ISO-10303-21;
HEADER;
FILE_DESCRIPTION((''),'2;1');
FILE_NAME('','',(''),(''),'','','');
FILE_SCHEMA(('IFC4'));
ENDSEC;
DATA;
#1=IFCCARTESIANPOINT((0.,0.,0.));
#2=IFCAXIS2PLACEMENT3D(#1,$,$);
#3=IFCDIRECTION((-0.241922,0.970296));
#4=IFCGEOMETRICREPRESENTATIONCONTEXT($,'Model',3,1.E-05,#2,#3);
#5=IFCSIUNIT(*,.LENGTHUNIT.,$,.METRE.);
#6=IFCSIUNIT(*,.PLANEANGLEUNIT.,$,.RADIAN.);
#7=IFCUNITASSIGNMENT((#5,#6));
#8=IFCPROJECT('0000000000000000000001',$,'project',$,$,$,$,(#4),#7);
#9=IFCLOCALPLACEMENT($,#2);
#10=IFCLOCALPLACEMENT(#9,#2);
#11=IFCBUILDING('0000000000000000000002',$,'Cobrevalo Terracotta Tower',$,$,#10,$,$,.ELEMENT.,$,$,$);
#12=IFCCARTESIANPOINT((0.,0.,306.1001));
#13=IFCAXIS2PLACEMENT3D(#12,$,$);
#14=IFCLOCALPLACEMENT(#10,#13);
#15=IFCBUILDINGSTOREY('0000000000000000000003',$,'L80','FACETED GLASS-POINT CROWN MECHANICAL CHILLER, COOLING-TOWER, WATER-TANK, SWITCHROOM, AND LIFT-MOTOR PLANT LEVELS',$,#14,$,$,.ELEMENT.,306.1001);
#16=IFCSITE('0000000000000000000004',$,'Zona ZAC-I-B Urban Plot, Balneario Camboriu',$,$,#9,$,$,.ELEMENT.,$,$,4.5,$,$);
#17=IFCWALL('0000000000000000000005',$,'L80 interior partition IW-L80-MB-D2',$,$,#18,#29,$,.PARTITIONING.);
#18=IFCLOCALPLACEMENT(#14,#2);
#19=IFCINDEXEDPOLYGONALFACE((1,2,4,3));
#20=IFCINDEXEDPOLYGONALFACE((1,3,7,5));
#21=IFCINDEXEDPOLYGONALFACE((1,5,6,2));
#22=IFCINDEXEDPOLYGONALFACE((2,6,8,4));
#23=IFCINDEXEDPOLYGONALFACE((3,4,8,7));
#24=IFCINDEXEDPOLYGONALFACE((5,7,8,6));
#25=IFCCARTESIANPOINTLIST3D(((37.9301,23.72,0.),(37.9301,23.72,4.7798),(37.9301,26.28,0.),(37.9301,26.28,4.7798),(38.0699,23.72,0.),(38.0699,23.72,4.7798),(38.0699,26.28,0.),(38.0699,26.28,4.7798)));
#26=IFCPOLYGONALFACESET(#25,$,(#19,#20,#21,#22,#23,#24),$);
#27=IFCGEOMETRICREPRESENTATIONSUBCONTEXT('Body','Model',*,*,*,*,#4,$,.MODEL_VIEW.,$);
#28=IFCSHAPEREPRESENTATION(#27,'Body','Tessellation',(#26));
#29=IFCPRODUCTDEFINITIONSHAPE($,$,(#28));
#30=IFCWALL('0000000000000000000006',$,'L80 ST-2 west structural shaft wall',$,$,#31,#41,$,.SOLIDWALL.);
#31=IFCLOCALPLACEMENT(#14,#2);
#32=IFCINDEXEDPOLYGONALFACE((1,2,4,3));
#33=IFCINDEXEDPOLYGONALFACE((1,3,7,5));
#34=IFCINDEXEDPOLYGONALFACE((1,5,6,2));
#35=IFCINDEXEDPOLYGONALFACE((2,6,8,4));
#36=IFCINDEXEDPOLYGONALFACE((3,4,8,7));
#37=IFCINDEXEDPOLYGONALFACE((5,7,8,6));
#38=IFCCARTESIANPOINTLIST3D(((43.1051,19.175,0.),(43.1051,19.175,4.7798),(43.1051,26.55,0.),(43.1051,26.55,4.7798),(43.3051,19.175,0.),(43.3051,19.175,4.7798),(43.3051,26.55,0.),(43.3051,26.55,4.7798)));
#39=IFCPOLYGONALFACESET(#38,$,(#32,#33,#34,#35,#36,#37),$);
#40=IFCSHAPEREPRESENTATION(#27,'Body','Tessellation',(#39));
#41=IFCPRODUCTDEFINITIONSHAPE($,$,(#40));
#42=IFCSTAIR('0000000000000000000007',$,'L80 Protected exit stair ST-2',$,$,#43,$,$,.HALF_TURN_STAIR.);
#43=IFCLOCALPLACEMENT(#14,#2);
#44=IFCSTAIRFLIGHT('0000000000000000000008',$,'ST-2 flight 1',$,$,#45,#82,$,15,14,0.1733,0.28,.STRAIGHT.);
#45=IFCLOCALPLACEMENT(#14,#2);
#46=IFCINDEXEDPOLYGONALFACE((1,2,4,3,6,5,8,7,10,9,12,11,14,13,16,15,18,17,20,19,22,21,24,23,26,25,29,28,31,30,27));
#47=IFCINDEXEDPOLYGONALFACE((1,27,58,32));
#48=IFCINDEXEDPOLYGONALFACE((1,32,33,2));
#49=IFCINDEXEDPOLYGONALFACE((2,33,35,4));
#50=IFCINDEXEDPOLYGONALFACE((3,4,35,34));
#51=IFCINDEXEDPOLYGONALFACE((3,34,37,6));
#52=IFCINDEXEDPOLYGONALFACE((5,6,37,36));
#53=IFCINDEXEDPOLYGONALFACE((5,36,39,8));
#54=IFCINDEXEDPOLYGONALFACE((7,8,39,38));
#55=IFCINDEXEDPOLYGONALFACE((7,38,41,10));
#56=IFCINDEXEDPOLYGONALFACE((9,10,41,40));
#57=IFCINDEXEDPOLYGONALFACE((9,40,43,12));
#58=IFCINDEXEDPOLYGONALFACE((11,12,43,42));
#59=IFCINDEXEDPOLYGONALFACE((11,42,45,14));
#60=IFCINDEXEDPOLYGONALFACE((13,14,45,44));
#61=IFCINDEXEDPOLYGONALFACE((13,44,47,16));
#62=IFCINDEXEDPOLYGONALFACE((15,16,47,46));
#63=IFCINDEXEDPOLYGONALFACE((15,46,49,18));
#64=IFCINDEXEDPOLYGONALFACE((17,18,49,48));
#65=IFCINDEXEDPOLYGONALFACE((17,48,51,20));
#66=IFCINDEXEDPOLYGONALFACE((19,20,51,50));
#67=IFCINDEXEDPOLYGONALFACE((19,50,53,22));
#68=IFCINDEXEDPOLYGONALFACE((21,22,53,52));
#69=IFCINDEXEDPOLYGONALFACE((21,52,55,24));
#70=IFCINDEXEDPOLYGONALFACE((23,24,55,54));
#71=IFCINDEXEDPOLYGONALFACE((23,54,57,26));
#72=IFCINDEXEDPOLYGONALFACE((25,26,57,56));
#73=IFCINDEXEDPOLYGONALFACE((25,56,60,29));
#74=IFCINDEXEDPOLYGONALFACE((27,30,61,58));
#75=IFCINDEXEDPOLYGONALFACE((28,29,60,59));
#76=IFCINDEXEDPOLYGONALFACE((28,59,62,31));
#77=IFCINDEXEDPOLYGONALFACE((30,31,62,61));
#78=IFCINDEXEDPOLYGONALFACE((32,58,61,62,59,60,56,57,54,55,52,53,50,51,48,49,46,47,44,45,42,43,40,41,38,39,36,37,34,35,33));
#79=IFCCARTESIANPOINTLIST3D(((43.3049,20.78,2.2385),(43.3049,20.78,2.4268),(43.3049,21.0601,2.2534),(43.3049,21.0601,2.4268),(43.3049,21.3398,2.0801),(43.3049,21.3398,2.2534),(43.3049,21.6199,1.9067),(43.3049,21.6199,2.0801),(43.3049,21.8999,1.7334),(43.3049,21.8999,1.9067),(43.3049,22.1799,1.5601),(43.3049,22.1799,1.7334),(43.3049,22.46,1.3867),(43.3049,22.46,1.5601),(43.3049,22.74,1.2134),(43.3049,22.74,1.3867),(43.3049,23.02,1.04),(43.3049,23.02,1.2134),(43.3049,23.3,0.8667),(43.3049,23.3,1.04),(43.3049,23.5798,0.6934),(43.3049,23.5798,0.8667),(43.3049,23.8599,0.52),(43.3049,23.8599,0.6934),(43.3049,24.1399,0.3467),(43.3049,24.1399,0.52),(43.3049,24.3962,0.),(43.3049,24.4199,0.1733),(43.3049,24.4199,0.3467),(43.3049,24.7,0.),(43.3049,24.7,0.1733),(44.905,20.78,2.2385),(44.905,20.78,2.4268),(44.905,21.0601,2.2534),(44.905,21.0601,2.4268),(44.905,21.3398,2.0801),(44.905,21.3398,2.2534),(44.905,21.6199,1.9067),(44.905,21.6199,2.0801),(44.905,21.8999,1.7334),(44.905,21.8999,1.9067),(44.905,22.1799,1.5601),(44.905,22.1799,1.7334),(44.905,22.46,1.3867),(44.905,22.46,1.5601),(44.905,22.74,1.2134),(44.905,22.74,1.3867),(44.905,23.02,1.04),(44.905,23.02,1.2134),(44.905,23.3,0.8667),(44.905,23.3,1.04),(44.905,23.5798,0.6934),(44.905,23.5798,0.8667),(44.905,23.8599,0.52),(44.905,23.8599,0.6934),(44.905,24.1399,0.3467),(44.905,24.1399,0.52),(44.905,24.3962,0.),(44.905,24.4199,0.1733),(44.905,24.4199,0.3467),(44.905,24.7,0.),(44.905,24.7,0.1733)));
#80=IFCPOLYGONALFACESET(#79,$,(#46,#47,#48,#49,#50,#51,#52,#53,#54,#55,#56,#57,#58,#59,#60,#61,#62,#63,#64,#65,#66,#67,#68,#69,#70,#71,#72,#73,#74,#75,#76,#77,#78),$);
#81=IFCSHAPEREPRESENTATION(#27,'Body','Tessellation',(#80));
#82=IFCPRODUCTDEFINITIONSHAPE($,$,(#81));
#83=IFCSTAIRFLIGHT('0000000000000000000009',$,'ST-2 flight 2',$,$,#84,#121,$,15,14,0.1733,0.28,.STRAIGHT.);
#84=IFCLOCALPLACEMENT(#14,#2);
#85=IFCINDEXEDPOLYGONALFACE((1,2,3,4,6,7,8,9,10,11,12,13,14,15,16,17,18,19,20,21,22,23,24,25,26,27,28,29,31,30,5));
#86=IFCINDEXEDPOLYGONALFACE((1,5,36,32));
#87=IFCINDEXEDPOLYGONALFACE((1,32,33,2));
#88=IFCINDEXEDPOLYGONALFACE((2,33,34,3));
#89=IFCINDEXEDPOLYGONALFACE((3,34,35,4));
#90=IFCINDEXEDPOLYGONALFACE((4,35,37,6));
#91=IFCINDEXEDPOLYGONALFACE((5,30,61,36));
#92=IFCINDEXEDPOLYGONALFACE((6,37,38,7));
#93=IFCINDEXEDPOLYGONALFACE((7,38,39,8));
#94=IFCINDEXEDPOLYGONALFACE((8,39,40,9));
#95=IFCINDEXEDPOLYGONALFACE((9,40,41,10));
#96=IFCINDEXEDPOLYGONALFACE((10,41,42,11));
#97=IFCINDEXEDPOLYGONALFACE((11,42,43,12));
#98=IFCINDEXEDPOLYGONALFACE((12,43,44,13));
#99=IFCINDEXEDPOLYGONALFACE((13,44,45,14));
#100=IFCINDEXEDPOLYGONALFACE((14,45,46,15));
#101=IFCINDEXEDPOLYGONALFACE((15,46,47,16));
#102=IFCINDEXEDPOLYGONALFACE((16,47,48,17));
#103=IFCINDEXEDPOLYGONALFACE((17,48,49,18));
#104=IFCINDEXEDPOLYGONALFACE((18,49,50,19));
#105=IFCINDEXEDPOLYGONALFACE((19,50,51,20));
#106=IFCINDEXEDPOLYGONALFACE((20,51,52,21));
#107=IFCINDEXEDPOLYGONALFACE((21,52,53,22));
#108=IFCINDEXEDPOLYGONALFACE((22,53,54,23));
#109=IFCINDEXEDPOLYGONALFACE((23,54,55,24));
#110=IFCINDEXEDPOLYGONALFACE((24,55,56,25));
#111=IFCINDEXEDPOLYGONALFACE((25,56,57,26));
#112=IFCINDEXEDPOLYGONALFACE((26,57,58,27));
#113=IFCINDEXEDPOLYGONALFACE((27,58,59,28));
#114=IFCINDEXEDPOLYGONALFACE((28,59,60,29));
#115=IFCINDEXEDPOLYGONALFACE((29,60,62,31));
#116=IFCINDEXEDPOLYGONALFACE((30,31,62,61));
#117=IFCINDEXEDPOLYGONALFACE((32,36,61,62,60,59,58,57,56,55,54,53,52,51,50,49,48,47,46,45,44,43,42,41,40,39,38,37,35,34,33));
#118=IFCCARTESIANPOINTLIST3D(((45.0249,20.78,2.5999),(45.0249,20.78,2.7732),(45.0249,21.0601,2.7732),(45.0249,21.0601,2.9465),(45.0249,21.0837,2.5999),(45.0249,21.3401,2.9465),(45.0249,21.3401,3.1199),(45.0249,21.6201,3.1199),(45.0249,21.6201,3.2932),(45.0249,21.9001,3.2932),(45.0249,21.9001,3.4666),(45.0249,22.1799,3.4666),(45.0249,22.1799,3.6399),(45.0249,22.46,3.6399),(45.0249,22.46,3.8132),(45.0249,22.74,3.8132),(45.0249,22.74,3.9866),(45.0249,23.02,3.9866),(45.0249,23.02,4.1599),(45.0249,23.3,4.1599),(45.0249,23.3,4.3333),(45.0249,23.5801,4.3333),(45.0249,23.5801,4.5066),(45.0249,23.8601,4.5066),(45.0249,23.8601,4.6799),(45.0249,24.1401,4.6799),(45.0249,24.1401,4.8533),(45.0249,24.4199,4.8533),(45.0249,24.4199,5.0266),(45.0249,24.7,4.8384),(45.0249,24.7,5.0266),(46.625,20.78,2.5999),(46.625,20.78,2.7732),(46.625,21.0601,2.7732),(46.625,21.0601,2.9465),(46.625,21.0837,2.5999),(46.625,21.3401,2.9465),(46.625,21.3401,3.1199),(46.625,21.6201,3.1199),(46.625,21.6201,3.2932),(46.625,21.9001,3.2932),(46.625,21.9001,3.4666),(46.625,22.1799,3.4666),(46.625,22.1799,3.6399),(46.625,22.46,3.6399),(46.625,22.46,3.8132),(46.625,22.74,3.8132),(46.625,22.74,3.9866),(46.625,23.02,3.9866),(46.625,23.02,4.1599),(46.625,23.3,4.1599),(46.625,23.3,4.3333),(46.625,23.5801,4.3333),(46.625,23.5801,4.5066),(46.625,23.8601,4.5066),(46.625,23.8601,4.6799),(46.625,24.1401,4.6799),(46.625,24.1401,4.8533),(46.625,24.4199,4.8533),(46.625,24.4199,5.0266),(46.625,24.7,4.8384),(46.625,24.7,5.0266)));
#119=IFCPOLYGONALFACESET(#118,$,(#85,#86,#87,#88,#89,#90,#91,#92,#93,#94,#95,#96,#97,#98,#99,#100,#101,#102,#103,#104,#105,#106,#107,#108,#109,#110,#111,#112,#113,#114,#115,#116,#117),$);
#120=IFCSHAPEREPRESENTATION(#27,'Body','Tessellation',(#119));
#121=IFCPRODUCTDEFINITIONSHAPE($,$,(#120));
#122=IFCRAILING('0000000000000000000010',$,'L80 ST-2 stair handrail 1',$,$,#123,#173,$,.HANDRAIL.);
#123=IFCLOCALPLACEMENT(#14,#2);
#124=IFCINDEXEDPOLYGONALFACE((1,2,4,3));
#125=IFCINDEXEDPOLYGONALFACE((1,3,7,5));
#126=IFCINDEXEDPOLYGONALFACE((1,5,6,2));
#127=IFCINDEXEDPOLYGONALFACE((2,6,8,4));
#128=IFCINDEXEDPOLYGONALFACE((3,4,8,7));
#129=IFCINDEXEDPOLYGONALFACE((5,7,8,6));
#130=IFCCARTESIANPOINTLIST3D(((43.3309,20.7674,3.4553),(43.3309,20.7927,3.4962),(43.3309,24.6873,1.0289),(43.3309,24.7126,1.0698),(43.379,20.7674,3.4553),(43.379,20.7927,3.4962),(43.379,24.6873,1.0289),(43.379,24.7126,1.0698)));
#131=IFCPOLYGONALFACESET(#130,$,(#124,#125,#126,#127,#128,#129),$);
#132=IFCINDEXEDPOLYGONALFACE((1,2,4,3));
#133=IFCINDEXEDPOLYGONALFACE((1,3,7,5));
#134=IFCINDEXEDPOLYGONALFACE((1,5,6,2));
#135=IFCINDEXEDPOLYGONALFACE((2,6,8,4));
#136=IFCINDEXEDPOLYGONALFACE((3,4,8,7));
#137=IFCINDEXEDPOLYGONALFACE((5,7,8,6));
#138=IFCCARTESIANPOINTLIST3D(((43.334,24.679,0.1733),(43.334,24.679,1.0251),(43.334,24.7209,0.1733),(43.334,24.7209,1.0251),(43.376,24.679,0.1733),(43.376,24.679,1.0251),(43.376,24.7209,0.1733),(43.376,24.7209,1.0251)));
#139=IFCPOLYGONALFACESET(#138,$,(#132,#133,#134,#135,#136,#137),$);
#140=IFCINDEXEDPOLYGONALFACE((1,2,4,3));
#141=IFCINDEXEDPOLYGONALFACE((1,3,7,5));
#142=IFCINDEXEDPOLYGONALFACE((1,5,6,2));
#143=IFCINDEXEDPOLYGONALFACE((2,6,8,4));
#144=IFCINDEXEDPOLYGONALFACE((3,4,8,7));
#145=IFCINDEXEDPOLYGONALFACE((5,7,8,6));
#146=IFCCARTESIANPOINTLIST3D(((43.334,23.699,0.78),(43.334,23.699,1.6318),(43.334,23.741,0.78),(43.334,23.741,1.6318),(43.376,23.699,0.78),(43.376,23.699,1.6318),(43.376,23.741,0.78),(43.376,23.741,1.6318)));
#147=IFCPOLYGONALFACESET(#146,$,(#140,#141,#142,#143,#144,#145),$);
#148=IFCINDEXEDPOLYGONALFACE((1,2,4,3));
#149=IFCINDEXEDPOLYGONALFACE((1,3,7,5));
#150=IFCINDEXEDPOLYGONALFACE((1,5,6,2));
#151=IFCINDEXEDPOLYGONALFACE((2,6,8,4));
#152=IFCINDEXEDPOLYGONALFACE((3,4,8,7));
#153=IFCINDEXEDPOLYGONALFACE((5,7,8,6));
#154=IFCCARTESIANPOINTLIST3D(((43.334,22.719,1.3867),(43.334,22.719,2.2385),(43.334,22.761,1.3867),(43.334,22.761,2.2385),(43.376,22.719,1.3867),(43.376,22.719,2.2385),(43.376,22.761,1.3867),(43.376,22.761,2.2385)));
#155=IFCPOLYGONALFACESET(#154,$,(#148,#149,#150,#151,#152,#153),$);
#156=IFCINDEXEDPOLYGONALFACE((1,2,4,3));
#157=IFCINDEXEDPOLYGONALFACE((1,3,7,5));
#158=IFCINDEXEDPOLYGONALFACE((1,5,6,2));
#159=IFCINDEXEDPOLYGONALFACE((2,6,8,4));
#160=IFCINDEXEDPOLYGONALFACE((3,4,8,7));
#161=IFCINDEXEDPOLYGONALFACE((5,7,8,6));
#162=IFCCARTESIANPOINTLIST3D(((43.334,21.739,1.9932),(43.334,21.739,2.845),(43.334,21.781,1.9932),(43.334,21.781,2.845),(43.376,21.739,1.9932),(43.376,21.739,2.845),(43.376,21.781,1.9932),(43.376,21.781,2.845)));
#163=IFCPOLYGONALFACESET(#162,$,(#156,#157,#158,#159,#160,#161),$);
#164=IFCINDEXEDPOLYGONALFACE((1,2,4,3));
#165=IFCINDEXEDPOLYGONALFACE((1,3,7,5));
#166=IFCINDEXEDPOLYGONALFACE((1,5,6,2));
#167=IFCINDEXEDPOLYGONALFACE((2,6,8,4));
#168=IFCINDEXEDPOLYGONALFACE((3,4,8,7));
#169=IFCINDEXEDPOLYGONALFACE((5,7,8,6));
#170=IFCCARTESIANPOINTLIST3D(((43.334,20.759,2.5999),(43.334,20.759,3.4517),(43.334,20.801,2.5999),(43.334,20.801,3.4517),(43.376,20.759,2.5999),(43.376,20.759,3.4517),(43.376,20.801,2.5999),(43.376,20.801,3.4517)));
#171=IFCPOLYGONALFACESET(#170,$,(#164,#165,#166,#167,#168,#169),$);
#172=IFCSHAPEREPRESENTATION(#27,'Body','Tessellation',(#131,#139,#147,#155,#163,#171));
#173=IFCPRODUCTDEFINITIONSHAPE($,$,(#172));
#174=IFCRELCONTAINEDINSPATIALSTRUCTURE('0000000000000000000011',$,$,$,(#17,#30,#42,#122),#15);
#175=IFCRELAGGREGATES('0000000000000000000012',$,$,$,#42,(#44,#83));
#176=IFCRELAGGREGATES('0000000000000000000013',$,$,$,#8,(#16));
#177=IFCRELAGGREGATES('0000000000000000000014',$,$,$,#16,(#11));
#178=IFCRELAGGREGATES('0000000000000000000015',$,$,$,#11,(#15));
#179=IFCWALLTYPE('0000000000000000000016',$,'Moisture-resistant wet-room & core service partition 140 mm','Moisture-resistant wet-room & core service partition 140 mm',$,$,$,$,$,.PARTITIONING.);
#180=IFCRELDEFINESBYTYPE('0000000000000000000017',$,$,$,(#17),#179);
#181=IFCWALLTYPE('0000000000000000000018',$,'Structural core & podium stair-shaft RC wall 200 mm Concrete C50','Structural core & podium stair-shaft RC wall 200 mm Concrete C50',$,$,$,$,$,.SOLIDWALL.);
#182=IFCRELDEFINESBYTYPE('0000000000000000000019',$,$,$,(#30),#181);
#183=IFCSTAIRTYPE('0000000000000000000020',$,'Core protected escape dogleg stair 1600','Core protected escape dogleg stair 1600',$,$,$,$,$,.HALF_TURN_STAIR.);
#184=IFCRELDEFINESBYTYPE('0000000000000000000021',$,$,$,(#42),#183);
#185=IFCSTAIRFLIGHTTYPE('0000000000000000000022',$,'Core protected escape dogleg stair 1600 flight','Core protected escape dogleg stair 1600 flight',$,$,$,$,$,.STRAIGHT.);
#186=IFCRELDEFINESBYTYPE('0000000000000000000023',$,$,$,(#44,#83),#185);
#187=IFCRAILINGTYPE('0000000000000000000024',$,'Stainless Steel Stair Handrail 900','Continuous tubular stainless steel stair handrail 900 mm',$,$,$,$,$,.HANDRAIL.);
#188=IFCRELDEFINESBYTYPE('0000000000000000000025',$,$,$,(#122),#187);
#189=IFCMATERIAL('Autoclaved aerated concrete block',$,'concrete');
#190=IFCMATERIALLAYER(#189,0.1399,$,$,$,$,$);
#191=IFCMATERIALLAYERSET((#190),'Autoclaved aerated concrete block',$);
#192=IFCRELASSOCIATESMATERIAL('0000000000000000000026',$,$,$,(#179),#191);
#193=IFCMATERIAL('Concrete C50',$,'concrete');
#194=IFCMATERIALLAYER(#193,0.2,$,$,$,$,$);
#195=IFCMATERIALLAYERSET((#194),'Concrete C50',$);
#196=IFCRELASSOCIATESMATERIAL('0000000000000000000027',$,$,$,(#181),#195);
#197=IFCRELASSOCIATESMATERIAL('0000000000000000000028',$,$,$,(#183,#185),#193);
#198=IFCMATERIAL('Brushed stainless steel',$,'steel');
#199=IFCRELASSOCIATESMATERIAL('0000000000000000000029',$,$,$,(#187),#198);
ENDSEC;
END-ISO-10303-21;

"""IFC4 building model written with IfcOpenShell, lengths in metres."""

from ifc_helpers import new_model, si_unit, direction, frame, frame_2d, origin, origin_2d, place, context, subcontext, project, spatial, polyline, rectangle, outline, extrude, material, layer, layer_set, type_object, element, aggregate, save


model = new_model("IFC4")

# Units and contexts
model_context = context("Model", 3, precision=1e-05, world=origin(), true_north=direction((-0.241922, 0.970296)))
body_context = subcontext(model_context, "Body", "Model", "MODEL_VIEW")
ifc_project = project(units=[si_unit("LENGTHUNIT", "METRE"), si_unit("PLANEANGLEUNIT", "RADIAN")], contexts=[model_context])

# Site, building, storey
site_placement = place(None, origin())
site = spatial("IfcSite", under=ifc_project, at=site_placement, Name="Zona ZAC-I-B Urban Plot, Balneario Camboriu", CompositionType="ELEMENT", RefElevation=4.5)
building_placement = place(site_placement, origin())
building = spatial("IfcBuilding", under=site, at=building_placement, Name="Cobrevalo Terracotta Tower", CompositionType="ELEMENT")
storey_placement = place(building_placement, frame((0.0, 0.0, 306.1001)))
storey = spatial("IfcBuildingStorey", under=building, at=storey_placement, Name="L80", Description="FACETED GLASS-POINT CROWN MECHANICAL CHILLER, COOLING-TOWER, WATER-TANK, SWITCHROOM, AND LIFT-MOTOR PLANT LEVELS", CompositionType="ELEMENT", Elevation=306.1001)

# Shared definitions
ifc_material_1 = material(Name="Concrete C50", Category="concrete")

# Walls
ifc_material_2 = material(Name="Autoclaved aerated concrete block", Category="concrete")
ifc_layer_1 = layer(ifc_material_2, 0.1399)
ifc_layer_set_1 = layer_set([ifc_layer_1], Name="Autoclaved aerated concrete block")
wall_type_1 = type_object("IfcWallType", Name="Moisture-resistant wet-room & core service partition 140 mm", Description="Moisture-resistant wet-room & core service partition 140 mm", PredefinedType="PARTITIONING", material=ifc_layer_set_1)
wall_1_placement = place(storey_placement, frame((38.0, 23.72, 0.0), z_axis=(0.0, 0.0, 1.0), x_axis=(0.0, 1.0, 0.0)))
element("IfcWall", 1, at=wall_1_placement, inside=storey, type_object=wall_type_1, Name="L80 interior partition IW-L80-MB-D2", PredefinedType="PARTITIONING", context=body_context, shape_type="SweptSolid", body=[
    extrude(rectangle(XDim=2.5601, YDim=0.1399, at=frame_2d((1.28, 0.0))), origin(), (0.0, 0.0, 1.0), 4.7798),
])
ifc_layer_2 = layer(ifc_material_1, 0.2)
ifc_layer_set_2 = layer_set([ifc_layer_2], Name="Concrete C50")
wall_type_2 = type_object("IfcWallType", Name="Structural core & podium stair-shaft RC wall 200 mm Concrete C50", Description="Structural core & podium stair-shaft RC wall 200 mm Concrete C50", PredefinedType="SOLIDWALL", material=ifc_layer_set_2)
wall_2_placement = place(storey_placement, frame((43.2051, 19.175, 0.0), z_axis=(0.0, 0.0, 1.0), x_axis=(0.0, 1.0, 0.0)))
element("IfcWall", 2, at=wall_2_placement, inside=storey, type_object=wall_type_2, Name="L80 ST-2 west structural shaft wall", PredefinedType="SOLIDWALL", context=body_context, shape_type="SweptSolid", body=[
    extrude(rectangle(XDim=7.375, YDim=0.2, at=frame_2d((3.6875, 0.0))), origin(), (0.0, 0.0, 1.0), 4.7798),
])

# Stair, stair flights
stair_type = type_object("IfcStairType", Name="Core protected escape dogleg stair 1600", Description="Core protected escape dogleg stair 1600", PredefinedType="HALF_TURN_STAIR", material=ifc_material_1)
stair_placement = place(storey_placement, origin())
stair = element("IfcStair", 3, at=stair_placement, inside=storey, type_object=stair_type, Name="L80 Protected exit stair ST-2", PredefinedType="HALF_TURN_STAIR")
stair_flight_type = type_object("IfcStairFlightType", Name="Core protected escape dogleg stair 1600 flight", Description="Core protected escape dogleg stair 1600 flight", PredefinedType="STRAIGHT", material=ifc_material_1)
stair_flight_1_placement = place(storey_placement, frame((44.105, 24.7, 0.0), z_axis=(0.0, 0.0, 1.0), x_axis=(0.0, -1.0, 0.0)))
stair_flight_1 = element("IfcStairFlight", 4, at=stair_flight_1_placement, type_object=stair_flight_type, Name="ST-2 flight 1", NumberOfRisers=15, NumberOfTreads=14, PredefinedType="STRAIGHT", RiserHeight=0.1733, TreadLength=0.28, context=body_context, shape_type="SweptSolid", body=[
    extrude(outline(polyline([(0.0, 0.0), (0.0, 0.1733), (0.28, 0.1733), (0.28, 0.3467), (0.5601, 0.3467), (0.5601, 0.52), (0.8401, 0.52), (0.8401, 0.6934), (1.1201, 0.6934), (1.1201, 0.8667), (1.3999, 0.8667), (1.3999, 1.04), (1.6799, 1.04), (1.6799, 1.2134), (1.96, 1.2134), (1.96, 1.3867), (2.24, 1.3867), (2.24, 1.5601), (2.52, 1.5601), (2.52, 1.7334), (2.8, 1.7334), (2.8, 1.9067), (3.0801, 1.9067), (3.0801, 2.0801), (3.3601, 2.0801), (3.3601, 2.2534), (3.6399, 2.2534), (3.6399, 2.4268), (3.9199, 2.4268), (3.9199, 2.6001), (3.9199, 2.2385), (0.3037, 0.0), (0.0, 0.0)])), frame((0.0, 0.8, 0.0), z_axis=(0.0, -1.0, 0.0), x_axis=(1.0, 0.0, 0.0)), (0.0, 0.0, 1.0), 1.6001),
])
stair_flight_2_placement = place(storey_placement, frame((45.825, 20.78, 2.5999), z_axis=(0.0, 0.0, 1.0), x_axis=(0.0, 1.0, 0.0)))
stair_flight_2 = element("IfcStairFlight", 5, at=stair_flight_2_placement, type_object=stair_flight_type, Name="ST-2 flight 2", NumberOfRisers=15, NumberOfTreads=14, PredefinedType="STRAIGHT", RiserHeight=0.1733, TreadLength=0.28, context=body_context, shape_type="SweptSolid", body=[
    extrude(outline(polyline([(0.0, 0.0), (0.0, 0.1733), (0.28, 0.1733), (0.28, 0.3467), (0.5601, 0.3467), (0.5601, 0.52), (0.8401, 0.52), (0.8401, 0.6934), (1.1201, 0.6934), (1.1201, 0.8667), (1.3999, 0.8667), (1.3999, 1.04), (1.6799, 1.04), (1.6799, 1.2134), (1.96, 1.2134), (1.96, 1.3867), (2.24, 1.3867), (2.24, 1.5601), (2.52, 1.5601), (2.52, 1.7334), (2.8, 1.7334), (2.8, 1.9067), (3.0801, 1.9067), (3.0801, 2.0801), (3.3601, 2.0801), (3.3601, 2.2534), (3.6399, 2.2534), (3.6399, 2.4268), (3.9199, 2.4268), (3.9199, 2.6001), (3.9199, 2.2385), (0.3037, 0.0), (0.0, 0.0)])), frame((0.0, 0.8, 0.0), z_axis=(0.0, -1.0, 0.0), x_axis=(1.0, 0.0, 0.0)), (0.0, 0.0, 1.0), 1.6001),
])
aggregate(stair, [stair_flight_1, stair_flight_2])

# Railing
ifc_material_3 = material(Name="Brushed stainless steel", Category="steel")
railing_type_1 = type_object("IfcRailingType", Name="Stainless Steel Stair Handrail 900", Description="Continuous tubular stainless steel stair handrail 900 mm", PredefinedType="HANDRAIL", material=ifc_material_3)
railing_1_placement = place(storey_placement, frame((43.355, 24.7, 0.1733)))
element("IfcRailing", 6, at=railing_1_placement, inside=storey, type_object=railing_type_1, Name="L80 ST-2 stair handrail 1", PredefinedType="HANDRAIL", context=body_context, shape_type="SweptSolid", body=[
    extrude(rectangle(XDim=0.0481, YDim=0.0481, at=origin_2d()), frame((0.0, 0.0, 0.876), z_axis=(0.0, -0.850275, 0.526338), x_axis=(1.0, 0.0, 0.0)), (0.0, 0.0, 1.0), 4.6101),
    extrude(rectangle(XDim=0.042, YDim=0.042, at=origin_2d()), origin(), (0.0, 0.0, 1.0), 0.8518),
    extrude(rectangle(XDim=0.042, YDim=0.042, at=origin_2d()), frame((0.0, -0.98, 0.6067)), (0.0, 0.0, 1.0), 0.8518),
    extrude(rectangle(XDim=0.042, YDim=0.042, at=origin_2d()), frame((0.0, -1.96, 1.2134)), (0.0, 0.0, 1.0), 0.8518),
    extrude(rectangle(XDim=0.042, YDim=0.042, at=origin_2d()), frame((0.0, -2.9399, 1.8198)), (0.0, 0.0, 1.0), 0.8518),
    extrude(rectangle(XDim=0.042, YDim=0.042, at=origin_2d()), frame((0.0, -3.9199, 2.4265)), (0.0, 0.0, 1.0), 0.8518),
])

save(model, "model.ifc")
